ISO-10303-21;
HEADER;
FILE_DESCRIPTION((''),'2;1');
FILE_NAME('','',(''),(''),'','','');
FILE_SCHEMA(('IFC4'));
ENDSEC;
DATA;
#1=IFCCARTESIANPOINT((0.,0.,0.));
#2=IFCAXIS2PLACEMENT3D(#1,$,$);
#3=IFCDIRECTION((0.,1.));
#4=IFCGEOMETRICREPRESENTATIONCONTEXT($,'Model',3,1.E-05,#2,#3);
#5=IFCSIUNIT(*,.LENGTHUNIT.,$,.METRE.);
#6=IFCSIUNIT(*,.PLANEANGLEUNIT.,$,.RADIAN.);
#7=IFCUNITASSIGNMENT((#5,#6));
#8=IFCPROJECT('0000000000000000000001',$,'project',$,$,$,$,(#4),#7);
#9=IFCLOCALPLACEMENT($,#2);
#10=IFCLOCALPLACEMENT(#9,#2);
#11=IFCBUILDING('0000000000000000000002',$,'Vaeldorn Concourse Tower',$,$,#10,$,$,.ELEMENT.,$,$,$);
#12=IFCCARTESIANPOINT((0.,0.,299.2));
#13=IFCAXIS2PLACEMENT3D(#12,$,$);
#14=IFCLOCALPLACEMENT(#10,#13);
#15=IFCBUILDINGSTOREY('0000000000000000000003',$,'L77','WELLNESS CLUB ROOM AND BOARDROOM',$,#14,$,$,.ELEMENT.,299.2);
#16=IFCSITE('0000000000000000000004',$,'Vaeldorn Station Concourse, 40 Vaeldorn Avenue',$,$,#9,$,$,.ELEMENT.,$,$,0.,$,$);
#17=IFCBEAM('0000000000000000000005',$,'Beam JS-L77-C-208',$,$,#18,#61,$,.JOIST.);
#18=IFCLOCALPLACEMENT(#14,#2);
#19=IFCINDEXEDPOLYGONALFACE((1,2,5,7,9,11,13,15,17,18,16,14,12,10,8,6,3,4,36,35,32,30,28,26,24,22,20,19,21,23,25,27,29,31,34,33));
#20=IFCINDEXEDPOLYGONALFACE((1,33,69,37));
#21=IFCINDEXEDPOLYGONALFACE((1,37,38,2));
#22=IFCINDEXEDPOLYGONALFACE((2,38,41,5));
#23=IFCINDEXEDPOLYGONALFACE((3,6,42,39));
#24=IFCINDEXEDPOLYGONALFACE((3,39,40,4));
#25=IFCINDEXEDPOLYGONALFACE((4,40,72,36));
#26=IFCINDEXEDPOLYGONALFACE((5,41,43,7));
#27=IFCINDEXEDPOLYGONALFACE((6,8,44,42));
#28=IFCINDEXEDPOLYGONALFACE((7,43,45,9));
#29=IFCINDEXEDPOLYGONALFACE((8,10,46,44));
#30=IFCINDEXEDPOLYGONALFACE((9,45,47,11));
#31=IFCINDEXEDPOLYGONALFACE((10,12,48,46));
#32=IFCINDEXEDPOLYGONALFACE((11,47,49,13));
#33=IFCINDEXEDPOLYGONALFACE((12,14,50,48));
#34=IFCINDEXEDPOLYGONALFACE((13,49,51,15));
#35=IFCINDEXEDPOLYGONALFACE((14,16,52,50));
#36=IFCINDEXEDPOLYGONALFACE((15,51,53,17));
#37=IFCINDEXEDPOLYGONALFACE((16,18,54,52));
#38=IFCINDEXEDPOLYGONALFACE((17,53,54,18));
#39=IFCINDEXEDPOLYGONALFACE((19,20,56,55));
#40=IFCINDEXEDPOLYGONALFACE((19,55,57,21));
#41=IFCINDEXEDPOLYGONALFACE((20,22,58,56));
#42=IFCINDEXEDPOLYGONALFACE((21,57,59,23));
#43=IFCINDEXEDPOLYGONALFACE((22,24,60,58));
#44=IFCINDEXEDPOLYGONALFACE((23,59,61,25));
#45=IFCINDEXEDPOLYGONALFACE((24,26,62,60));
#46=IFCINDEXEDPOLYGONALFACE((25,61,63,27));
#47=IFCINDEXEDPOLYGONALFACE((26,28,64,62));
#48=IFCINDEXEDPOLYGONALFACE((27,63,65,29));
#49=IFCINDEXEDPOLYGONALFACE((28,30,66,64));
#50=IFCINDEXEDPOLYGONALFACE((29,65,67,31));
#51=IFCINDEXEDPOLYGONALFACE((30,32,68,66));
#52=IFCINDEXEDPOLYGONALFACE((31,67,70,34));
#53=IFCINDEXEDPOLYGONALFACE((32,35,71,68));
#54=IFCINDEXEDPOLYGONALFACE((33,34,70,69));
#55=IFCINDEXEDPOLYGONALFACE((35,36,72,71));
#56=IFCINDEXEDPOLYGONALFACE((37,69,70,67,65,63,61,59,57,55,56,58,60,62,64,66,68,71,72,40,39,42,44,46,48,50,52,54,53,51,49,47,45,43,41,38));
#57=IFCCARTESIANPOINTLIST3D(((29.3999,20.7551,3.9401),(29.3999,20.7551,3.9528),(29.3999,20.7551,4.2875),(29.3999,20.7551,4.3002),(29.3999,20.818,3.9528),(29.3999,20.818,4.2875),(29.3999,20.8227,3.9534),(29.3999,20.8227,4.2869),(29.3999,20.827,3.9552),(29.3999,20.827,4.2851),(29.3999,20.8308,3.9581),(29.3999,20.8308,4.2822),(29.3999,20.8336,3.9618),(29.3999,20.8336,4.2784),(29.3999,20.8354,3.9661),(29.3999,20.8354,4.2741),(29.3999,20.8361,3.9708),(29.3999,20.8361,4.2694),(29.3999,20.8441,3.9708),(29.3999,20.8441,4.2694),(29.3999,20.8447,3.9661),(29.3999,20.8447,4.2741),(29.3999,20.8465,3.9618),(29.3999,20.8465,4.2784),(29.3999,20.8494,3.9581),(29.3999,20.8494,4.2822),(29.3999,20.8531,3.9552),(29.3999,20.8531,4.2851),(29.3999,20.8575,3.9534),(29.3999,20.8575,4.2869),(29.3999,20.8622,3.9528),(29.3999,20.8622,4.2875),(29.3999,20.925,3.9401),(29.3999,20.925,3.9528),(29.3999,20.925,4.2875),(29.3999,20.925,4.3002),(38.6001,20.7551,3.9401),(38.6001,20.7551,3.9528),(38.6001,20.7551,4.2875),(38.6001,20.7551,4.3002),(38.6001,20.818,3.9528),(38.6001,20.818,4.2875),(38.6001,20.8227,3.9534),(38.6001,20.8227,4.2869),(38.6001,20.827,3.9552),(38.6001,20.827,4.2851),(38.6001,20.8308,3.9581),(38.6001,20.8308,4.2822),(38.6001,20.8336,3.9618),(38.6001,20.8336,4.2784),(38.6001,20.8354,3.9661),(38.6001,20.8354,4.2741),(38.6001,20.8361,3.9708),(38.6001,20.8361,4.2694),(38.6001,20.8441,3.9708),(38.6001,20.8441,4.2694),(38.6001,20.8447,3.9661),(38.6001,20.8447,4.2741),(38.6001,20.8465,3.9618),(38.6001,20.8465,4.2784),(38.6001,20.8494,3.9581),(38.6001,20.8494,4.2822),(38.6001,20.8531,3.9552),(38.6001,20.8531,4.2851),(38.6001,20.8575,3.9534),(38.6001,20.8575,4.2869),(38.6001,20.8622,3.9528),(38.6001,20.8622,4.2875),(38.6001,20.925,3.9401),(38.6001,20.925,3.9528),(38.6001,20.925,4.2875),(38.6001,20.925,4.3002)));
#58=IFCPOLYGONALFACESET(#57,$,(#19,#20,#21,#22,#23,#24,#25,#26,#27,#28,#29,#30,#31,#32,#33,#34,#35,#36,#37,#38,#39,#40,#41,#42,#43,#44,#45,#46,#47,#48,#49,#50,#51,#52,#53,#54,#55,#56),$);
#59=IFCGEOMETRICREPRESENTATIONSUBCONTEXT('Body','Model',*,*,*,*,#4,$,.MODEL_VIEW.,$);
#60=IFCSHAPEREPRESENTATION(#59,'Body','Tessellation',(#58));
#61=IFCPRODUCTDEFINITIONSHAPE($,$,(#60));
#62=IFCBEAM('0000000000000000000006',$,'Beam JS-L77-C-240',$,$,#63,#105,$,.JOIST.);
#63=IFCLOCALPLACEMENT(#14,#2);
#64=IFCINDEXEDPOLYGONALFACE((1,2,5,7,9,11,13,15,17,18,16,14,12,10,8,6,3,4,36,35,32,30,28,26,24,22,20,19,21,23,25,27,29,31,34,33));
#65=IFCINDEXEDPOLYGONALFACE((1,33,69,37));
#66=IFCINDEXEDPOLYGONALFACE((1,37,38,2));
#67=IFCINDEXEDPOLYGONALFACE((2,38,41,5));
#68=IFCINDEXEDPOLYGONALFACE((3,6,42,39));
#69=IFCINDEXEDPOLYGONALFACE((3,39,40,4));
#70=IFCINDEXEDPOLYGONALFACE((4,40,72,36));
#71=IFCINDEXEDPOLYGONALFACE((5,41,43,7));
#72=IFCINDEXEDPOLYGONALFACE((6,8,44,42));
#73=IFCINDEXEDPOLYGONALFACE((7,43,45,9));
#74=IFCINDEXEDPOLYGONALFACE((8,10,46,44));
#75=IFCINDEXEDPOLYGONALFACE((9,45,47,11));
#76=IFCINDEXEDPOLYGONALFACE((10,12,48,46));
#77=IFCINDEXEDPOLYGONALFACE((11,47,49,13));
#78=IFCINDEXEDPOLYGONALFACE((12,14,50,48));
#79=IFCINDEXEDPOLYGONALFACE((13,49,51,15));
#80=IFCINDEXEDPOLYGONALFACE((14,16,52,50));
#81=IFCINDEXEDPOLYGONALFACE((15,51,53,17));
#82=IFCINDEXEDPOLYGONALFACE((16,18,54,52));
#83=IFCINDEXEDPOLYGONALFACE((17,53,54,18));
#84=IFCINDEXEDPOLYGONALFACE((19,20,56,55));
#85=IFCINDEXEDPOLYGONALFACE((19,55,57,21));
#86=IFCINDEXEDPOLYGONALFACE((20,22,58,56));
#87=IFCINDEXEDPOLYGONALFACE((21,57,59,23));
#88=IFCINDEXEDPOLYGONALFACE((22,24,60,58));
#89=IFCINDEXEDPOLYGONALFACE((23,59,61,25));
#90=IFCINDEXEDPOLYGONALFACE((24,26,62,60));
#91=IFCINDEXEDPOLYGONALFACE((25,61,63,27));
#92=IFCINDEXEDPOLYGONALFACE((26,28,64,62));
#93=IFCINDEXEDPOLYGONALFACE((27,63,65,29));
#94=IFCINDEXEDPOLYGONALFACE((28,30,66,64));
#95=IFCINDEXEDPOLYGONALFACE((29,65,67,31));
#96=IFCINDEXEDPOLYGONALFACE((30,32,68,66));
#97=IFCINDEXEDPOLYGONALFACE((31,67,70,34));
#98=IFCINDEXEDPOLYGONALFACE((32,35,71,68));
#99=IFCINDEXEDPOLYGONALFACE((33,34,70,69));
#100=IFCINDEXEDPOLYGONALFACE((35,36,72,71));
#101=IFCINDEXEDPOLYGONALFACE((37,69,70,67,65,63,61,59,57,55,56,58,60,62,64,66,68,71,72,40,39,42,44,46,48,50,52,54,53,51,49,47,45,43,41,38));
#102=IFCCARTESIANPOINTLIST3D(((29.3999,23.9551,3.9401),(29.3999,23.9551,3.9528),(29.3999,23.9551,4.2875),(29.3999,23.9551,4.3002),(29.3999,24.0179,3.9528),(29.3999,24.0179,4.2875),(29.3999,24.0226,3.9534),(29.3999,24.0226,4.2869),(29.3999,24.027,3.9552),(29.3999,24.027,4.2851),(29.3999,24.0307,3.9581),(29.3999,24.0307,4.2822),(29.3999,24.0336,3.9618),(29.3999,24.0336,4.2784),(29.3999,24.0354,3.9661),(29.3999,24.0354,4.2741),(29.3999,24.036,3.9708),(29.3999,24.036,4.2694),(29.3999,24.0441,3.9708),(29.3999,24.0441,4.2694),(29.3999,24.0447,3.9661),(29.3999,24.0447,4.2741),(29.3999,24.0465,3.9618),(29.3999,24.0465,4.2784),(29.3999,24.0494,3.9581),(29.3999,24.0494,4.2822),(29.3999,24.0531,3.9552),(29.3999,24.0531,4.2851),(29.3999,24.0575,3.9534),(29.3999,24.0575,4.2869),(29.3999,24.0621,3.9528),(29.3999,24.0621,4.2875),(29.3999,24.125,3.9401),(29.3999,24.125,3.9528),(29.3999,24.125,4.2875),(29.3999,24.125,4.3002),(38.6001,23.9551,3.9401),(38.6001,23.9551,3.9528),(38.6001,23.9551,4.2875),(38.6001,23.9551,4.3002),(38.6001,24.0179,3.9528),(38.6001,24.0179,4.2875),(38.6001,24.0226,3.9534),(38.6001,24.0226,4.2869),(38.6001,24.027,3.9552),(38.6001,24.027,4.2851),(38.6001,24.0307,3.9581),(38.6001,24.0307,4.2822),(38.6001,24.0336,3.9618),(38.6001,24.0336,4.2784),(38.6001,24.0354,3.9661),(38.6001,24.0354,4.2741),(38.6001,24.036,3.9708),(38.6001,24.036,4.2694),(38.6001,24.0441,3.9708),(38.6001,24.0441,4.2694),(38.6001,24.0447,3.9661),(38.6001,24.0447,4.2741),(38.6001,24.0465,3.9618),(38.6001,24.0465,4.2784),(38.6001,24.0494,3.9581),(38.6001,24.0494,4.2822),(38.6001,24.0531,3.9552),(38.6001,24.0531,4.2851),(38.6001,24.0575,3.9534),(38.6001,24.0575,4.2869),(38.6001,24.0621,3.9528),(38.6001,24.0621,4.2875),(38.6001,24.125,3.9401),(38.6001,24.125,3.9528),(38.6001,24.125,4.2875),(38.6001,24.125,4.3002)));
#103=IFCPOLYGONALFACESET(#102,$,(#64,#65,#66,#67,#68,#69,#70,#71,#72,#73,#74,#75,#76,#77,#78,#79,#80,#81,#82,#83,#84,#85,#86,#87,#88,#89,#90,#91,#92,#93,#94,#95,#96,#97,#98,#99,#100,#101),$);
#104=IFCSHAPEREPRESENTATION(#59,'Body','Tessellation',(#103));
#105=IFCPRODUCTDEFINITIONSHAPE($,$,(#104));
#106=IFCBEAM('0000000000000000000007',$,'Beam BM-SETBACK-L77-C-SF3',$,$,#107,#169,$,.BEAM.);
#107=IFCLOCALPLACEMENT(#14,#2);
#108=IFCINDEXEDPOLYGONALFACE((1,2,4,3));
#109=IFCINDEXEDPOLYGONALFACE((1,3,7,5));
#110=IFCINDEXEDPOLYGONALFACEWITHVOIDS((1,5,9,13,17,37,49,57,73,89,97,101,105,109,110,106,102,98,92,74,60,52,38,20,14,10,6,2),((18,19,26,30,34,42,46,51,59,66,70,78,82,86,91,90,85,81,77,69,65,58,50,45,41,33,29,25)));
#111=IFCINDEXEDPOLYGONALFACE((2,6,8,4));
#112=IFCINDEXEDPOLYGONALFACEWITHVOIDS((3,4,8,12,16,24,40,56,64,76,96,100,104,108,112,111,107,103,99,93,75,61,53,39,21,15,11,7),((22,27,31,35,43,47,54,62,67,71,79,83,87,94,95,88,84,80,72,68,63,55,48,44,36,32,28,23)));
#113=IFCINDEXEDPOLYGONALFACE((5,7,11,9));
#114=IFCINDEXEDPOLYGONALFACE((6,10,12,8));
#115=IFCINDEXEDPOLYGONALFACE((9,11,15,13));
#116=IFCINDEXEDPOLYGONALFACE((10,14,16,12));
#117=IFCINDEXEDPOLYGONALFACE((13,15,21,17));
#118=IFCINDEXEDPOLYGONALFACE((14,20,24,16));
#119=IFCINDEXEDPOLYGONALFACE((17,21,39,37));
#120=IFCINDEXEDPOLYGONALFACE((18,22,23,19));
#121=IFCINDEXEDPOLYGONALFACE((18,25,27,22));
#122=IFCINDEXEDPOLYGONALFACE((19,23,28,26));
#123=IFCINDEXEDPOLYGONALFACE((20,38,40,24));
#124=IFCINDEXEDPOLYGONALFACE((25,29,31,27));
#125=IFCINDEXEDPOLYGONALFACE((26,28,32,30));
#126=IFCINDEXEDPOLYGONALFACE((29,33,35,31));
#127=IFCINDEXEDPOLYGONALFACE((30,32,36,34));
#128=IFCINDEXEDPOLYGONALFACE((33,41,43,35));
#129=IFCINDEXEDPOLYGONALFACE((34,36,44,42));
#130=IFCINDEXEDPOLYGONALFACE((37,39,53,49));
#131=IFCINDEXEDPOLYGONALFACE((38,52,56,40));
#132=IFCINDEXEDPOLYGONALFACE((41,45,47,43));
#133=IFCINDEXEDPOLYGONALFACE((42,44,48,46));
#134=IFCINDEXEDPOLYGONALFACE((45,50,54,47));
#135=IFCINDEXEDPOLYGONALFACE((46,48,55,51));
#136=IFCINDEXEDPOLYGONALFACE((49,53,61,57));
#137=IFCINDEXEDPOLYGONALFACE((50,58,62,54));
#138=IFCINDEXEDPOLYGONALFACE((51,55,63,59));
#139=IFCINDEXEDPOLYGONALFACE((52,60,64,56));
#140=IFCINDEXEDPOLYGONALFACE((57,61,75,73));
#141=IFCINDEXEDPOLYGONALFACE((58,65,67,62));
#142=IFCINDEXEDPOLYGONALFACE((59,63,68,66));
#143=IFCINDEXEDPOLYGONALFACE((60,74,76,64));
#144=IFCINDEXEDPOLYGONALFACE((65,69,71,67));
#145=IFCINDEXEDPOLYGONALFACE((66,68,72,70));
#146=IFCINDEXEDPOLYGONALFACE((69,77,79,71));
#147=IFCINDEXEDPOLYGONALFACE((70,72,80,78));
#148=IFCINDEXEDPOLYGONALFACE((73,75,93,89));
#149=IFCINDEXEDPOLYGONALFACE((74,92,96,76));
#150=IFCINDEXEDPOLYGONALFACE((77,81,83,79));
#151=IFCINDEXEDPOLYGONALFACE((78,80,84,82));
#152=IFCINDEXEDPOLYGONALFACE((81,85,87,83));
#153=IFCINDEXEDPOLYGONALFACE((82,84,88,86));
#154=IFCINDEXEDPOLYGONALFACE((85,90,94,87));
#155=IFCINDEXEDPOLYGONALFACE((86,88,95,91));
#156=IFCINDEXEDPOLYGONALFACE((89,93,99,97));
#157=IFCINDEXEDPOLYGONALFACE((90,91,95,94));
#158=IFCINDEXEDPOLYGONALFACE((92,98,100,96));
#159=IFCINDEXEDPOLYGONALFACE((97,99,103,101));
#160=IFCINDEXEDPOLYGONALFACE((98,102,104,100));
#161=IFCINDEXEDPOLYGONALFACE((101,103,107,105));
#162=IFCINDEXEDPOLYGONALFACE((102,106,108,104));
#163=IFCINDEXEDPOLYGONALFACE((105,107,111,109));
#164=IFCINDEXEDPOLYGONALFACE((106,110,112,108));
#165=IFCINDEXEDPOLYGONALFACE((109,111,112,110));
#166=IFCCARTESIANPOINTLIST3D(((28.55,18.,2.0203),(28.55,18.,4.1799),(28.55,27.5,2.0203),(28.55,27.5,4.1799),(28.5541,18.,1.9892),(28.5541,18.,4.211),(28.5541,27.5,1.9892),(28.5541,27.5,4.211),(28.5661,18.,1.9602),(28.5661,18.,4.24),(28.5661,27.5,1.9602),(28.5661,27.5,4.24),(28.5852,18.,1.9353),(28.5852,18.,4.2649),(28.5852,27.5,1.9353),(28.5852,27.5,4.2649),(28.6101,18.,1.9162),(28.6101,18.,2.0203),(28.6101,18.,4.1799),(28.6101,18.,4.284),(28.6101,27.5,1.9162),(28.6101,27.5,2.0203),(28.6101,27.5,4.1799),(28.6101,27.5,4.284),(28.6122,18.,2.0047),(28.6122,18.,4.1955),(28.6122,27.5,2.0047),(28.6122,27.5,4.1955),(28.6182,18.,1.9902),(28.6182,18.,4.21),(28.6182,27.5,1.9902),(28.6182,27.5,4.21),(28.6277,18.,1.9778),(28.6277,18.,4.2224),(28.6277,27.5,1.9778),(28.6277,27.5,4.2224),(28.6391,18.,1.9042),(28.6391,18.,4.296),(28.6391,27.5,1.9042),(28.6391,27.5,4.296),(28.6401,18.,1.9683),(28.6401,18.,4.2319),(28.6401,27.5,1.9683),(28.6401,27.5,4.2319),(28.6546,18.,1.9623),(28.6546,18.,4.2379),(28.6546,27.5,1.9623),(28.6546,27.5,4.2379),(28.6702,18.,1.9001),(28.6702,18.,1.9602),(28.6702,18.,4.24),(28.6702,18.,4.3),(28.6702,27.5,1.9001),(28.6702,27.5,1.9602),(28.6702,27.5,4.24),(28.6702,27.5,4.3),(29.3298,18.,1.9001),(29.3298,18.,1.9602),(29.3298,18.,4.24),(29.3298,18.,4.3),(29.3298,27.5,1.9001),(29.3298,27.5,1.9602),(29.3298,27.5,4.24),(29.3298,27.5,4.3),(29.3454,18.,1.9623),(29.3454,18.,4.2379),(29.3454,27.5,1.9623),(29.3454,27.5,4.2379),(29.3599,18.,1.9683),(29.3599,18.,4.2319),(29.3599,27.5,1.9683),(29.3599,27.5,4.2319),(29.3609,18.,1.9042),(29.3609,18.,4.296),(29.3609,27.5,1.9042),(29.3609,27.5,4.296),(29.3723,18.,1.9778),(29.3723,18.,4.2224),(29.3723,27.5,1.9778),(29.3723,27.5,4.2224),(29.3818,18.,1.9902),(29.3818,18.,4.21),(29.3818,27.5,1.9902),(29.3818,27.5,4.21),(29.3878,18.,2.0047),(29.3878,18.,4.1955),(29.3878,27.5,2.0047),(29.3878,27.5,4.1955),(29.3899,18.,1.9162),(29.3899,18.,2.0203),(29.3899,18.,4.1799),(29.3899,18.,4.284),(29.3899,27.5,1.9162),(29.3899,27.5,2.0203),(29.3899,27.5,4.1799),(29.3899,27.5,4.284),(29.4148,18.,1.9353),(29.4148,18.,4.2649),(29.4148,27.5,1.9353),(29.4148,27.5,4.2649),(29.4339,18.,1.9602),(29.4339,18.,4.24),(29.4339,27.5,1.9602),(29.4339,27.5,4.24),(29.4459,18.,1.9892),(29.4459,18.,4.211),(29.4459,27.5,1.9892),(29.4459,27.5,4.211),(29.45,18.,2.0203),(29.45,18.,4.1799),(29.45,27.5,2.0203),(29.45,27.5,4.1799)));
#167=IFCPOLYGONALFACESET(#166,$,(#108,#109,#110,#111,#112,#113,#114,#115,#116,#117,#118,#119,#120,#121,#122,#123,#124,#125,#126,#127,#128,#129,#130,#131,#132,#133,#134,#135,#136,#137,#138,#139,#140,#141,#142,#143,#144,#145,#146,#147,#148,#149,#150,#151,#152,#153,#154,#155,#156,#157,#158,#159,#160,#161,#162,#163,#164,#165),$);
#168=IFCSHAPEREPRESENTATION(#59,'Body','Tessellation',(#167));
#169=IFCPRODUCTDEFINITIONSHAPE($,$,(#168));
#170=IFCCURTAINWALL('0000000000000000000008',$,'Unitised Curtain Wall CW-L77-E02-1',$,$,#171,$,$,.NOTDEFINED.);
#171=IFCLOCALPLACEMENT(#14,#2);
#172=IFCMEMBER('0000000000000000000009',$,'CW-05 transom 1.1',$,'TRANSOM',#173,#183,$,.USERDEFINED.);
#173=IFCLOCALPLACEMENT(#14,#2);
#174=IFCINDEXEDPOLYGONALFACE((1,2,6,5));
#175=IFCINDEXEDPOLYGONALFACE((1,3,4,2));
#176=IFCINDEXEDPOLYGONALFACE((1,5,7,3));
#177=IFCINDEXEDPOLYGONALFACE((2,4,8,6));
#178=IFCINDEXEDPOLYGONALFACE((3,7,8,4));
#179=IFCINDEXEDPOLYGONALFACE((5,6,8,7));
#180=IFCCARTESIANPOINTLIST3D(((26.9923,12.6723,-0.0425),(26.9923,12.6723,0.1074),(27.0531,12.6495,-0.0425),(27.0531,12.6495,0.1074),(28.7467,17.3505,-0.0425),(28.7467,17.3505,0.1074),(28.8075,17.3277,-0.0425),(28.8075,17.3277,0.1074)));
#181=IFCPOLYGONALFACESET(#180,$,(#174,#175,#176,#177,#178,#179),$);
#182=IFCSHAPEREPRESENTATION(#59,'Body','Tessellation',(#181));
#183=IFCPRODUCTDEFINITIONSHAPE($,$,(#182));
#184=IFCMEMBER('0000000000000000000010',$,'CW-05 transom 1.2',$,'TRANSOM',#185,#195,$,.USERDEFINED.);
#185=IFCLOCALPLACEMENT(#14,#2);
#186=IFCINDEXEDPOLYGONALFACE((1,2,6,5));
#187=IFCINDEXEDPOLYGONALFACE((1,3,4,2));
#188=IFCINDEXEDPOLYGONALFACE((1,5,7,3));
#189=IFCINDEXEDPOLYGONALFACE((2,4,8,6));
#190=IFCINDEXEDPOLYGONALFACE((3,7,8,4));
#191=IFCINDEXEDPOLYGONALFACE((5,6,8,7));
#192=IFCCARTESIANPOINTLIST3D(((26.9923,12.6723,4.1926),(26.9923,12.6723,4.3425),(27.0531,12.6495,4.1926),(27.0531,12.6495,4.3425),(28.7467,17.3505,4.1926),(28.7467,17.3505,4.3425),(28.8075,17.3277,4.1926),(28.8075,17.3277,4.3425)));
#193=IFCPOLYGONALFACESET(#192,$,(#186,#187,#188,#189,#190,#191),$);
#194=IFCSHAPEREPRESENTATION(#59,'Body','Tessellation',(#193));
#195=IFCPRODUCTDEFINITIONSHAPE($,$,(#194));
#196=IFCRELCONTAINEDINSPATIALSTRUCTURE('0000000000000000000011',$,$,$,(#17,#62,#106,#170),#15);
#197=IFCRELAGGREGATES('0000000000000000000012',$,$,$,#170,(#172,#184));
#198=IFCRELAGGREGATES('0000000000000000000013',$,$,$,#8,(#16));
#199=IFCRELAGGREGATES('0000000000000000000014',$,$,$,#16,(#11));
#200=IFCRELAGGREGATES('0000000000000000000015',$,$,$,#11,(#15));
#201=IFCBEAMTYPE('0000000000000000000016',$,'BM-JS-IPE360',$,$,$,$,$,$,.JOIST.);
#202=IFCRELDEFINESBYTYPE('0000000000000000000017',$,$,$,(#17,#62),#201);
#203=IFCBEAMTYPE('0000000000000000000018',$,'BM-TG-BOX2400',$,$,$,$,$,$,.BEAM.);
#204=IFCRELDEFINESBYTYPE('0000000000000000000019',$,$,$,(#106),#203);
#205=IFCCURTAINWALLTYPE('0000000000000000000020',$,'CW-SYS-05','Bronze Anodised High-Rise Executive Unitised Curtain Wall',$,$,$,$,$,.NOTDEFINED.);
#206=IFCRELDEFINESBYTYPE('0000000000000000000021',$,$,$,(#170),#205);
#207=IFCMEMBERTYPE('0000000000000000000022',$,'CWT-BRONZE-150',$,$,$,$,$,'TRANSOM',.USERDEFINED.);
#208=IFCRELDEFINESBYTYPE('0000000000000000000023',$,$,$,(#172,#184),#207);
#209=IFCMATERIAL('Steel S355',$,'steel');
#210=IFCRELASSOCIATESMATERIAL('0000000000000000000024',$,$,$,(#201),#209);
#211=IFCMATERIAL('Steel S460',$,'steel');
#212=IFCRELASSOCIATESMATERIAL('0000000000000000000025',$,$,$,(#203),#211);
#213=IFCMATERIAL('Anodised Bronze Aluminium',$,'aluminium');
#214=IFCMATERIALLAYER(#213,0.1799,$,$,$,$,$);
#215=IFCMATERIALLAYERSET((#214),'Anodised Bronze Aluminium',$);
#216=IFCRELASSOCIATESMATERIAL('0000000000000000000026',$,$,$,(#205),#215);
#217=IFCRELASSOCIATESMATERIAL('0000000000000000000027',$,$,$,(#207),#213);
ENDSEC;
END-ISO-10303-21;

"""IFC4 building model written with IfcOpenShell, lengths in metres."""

from ifc_helpers import new_model, si_unit, direction, frame, origin, origin_2d, place, context, subcontext, project, spatial, rectangle, hollow_rectangle, i_section, extrude, source, transform, mapped, material, layer, layer_set, material_profile, profile_set, type_object, element, aggregate, save


model = new_model("IFC4")

# Units and contexts
model_context = context("Model", 3, precision=1e-05, world=origin(), true_north=direction((0.0, 1.0)))
body_context = subcontext(model_context, "Body", "Model", "MODEL_VIEW")
ifc_project = project(units=[si_unit("LENGTHUNIT", "METRE"), si_unit("PLANEANGLEUNIT", "RADIAN")], contexts=[model_context])

# Site, building, storey
site_placement = place(None, origin())
site = spatial("IfcSite", under=ifc_project, at=site_placement, Name="Vaeldorn Station Concourse, 40 Vaeldorn Avenue", CompositionType="ELEMENT", RefElevation=0.0)
building_placement = place(site_placement, origin())
building = spatial("IfcBuilding", under=site, at=building_placement, Name="Vaeldorn Concourse Tower", CompositionType="ELEMENT")
storey_placement = place(building_placement, frame((0.0, 0.0, 299.2)))
storey = spatial("IfcBuildingStorey", under=building, at=storey_placement, Name="L77", Description="WELLNESS CLUB ROOM AND BOARDROOM", CompositionType="ELEMENT", Elevation=299.2)

# Shared definitions
ifc_material_1 = material(Name="Steel S355", Category="steel")

# Beams
ifc_material_2 = material(Name="Steel S460", Category="steel")
ifc_material_profile_1 = material_profile(ifc_material_1, i_section(OverallWidth=0.1699, OverallDepth=0.3601, WebThickness=0.0081, FlangeThickness=0.0127, FilletRadius=0.0181, at=origin_2d()), Name="IPE 360")
ifc_profile_set_1 = profile_set([ifc_material_profile_1], Name="Steel S355")
beam_type_1 = type_object("IfcBeamType", Name="BM-JS-IPE360", PredefinedType="JOIST", material=ifc_profile_set_1)
shared_shape_1 = source(origin(), body_context, "Body", "SweptSolid", [
    extrude(i_section(OverallWidth=0.1699, OverallDepth=0.3601, WebThickness=0.0081, FlangeThickness=0.0127, FilletRadius=0.0181, at=origin_2d()), origin(), (0.0, 0.0, 1.0), 9.2002),
])
for number, where, z_axis, x_axis, name in (
    (1, (29.3999, 20.8401, 4.1201), (1.0, 0.0, 0.0), (0.0, 1.0, 0.0), "Beam JS-L77-C-208"),
    (2, (29.3999, 24.04, 4.1201), (1.0, 0.0, 0.0), (0.0, 1.0, 0.0), "Beam JS-L77-C-240"),
):
    element("IfcBeam", number, at=place(storey_placement, frame(where, z_axis=z_axis, x_axis=x_axis)), inside=storey, type_object=beam_type_1, Name=name, PredefinedType="JOIST", context=body_context, shape_type="MappedRepresentation", body=[
        mapped(shared_shape_1, transform((0.0, 0.0, 0.0), scale=1.0)),
    ])
ifc_material_profile_2 = material_profile(ifc_material_2, hollow_rectangle(XDim=0.8999, YDim=2.3999, WallThickness=0.0601, InnerFilletRadius=0.0601, OuterFilletRadius=0.1201, at=origin_2d()), Name="RHS 2400x900x60")
ifc_profile_set_2 = profile_set([ifc_material_profile_2], Name="Steel S460")
beam_type_2 = type_object("IfcBeamType", Name="BM-TG-BOX2400", PredefinedType="BEAM", material=ifc_profile_set_2)
shared_shape_2 = source(origin(), body_context, "Body", "SweptSolid", [
    extrude(hollow_rectangle(XDim=0.8999, YDim=2.3999, WallThickness=0.0601, InnerFilletRadius=0.0601, OuterFilletRadius=0.1201, at=origin_2d()), origin(), (0.0, 0.0, 1.0), 9.5),
])
beam_placement = place(storey_placement, frame((29.0, 18.0, 3.1001), z_axis=(0.0, 1.0, 0.0), x_axis=(-1.0, 0.0, 0.0)))
element("IfcBeam", 3, at=beam_placement, inside=storey, type_object=beam_type_2, Name="Beam BM-SETBACK-L77-C-SF3", PredefinedType="BEAM", context=body_context, shape_type="MappedRepresentation", body=[
    mapped(shared_shape_2, transform((0.0, 0.0, 0.0), scale=1.0)),
])

# Curtain wall, members
ifc_material_3 = material(Name="Anodised Bronze Aluminium", Category="aluminium")
ifc_layer_1 = layer(ifc_material_3, 0.1799)
ifc_layer_set_1 = layer_set([ifc_layer_1], Name="Anodised Bronze Aluminium")
curtain_wall_type = type_object("IfcCurtainWallType", Name="CW-SYS-05", Description="Bronze Anodised High-Rise Executive Unitised Curtain Wall", PredefinedType="NOTDEFINED", material=ifc_layer_set_1)
curtain_wall_1_placement = place(storey_placement, origin())
curtain_wall_1 = element("IfcCurtainWall", 4, at=curtain_wall_1_placement, inside=storey, type_object=curtain_wall_type, Name="Unitised Curtain Wall CW-L77-E02-1", PredefinedType="NOTDEFINED")
ifc_material_profile_3 = material_profile(ifc_material_3, rectangle(XDim=0.0649, YDim=0.1499, at=origin_2d()), Name="CWT 65x150")
ifc_profile_set_3 = profile_set([ifc_material_profile_3], Name="Anodised Bronze Aluminium")
member_type_1 = type_object("IfcMemberType", Name="CWT-BRONZE-150", ElementType="TRANSOM", PredefinedType="USERDEFINED", material=ifc_profile_set_3)
shared_shape_3 = source(origin(), body_context, "Body", "SweptSolid", [
    extrude(rectangle(XDim=0.0649, YDim=0.1499, at=origin_2d()), origin(), (0.0, 0.0, 1.0), 4.9963),
])
member_1_placement = place(storey_placement, frame((27.0227, 12.6609, 0.0325), z_axis=(0.351134, 0.936325, 0.0), x_axis=(-0.936325, 0.351134, 0.0)))
member_1 = element("IfcMember", 5, at=member_1_placement, type_object=member_type_1, Name="CW-05 transom 1.1", ObjectType="TRANSOM", PredefinedType="USERDEFINED", context=body_context, shape_type="MappedRepresentation", body=[
    mapped(shared_shape_3, transform((0.0, 0.0, 0.0), scale=1.0)),
])
member_2_placement = place(storey_placement, frame((27.0227, 12.6609, 4.2676), z_axis=(0.351134, 0.936325, 0.0), x_axis=(-0.936325, 0.351134, 0.0)))
member_2 = element("IfcMember", 6, at=member_2_placement, type_object=member_type_1, Name="CW-05 transom 1.2", ObjectType="TRANSOM", PredefinedType="USERDEFINED", context=body_context, shape_type="MappedRepresentation", body=[
    mapped(shared_shape_3, transform((0.0, 0.0, 0.0), scale=1.0)),
])

aggregate(curtain_wall_1, [member_1, member_2])

save(model, "model.ifc")
